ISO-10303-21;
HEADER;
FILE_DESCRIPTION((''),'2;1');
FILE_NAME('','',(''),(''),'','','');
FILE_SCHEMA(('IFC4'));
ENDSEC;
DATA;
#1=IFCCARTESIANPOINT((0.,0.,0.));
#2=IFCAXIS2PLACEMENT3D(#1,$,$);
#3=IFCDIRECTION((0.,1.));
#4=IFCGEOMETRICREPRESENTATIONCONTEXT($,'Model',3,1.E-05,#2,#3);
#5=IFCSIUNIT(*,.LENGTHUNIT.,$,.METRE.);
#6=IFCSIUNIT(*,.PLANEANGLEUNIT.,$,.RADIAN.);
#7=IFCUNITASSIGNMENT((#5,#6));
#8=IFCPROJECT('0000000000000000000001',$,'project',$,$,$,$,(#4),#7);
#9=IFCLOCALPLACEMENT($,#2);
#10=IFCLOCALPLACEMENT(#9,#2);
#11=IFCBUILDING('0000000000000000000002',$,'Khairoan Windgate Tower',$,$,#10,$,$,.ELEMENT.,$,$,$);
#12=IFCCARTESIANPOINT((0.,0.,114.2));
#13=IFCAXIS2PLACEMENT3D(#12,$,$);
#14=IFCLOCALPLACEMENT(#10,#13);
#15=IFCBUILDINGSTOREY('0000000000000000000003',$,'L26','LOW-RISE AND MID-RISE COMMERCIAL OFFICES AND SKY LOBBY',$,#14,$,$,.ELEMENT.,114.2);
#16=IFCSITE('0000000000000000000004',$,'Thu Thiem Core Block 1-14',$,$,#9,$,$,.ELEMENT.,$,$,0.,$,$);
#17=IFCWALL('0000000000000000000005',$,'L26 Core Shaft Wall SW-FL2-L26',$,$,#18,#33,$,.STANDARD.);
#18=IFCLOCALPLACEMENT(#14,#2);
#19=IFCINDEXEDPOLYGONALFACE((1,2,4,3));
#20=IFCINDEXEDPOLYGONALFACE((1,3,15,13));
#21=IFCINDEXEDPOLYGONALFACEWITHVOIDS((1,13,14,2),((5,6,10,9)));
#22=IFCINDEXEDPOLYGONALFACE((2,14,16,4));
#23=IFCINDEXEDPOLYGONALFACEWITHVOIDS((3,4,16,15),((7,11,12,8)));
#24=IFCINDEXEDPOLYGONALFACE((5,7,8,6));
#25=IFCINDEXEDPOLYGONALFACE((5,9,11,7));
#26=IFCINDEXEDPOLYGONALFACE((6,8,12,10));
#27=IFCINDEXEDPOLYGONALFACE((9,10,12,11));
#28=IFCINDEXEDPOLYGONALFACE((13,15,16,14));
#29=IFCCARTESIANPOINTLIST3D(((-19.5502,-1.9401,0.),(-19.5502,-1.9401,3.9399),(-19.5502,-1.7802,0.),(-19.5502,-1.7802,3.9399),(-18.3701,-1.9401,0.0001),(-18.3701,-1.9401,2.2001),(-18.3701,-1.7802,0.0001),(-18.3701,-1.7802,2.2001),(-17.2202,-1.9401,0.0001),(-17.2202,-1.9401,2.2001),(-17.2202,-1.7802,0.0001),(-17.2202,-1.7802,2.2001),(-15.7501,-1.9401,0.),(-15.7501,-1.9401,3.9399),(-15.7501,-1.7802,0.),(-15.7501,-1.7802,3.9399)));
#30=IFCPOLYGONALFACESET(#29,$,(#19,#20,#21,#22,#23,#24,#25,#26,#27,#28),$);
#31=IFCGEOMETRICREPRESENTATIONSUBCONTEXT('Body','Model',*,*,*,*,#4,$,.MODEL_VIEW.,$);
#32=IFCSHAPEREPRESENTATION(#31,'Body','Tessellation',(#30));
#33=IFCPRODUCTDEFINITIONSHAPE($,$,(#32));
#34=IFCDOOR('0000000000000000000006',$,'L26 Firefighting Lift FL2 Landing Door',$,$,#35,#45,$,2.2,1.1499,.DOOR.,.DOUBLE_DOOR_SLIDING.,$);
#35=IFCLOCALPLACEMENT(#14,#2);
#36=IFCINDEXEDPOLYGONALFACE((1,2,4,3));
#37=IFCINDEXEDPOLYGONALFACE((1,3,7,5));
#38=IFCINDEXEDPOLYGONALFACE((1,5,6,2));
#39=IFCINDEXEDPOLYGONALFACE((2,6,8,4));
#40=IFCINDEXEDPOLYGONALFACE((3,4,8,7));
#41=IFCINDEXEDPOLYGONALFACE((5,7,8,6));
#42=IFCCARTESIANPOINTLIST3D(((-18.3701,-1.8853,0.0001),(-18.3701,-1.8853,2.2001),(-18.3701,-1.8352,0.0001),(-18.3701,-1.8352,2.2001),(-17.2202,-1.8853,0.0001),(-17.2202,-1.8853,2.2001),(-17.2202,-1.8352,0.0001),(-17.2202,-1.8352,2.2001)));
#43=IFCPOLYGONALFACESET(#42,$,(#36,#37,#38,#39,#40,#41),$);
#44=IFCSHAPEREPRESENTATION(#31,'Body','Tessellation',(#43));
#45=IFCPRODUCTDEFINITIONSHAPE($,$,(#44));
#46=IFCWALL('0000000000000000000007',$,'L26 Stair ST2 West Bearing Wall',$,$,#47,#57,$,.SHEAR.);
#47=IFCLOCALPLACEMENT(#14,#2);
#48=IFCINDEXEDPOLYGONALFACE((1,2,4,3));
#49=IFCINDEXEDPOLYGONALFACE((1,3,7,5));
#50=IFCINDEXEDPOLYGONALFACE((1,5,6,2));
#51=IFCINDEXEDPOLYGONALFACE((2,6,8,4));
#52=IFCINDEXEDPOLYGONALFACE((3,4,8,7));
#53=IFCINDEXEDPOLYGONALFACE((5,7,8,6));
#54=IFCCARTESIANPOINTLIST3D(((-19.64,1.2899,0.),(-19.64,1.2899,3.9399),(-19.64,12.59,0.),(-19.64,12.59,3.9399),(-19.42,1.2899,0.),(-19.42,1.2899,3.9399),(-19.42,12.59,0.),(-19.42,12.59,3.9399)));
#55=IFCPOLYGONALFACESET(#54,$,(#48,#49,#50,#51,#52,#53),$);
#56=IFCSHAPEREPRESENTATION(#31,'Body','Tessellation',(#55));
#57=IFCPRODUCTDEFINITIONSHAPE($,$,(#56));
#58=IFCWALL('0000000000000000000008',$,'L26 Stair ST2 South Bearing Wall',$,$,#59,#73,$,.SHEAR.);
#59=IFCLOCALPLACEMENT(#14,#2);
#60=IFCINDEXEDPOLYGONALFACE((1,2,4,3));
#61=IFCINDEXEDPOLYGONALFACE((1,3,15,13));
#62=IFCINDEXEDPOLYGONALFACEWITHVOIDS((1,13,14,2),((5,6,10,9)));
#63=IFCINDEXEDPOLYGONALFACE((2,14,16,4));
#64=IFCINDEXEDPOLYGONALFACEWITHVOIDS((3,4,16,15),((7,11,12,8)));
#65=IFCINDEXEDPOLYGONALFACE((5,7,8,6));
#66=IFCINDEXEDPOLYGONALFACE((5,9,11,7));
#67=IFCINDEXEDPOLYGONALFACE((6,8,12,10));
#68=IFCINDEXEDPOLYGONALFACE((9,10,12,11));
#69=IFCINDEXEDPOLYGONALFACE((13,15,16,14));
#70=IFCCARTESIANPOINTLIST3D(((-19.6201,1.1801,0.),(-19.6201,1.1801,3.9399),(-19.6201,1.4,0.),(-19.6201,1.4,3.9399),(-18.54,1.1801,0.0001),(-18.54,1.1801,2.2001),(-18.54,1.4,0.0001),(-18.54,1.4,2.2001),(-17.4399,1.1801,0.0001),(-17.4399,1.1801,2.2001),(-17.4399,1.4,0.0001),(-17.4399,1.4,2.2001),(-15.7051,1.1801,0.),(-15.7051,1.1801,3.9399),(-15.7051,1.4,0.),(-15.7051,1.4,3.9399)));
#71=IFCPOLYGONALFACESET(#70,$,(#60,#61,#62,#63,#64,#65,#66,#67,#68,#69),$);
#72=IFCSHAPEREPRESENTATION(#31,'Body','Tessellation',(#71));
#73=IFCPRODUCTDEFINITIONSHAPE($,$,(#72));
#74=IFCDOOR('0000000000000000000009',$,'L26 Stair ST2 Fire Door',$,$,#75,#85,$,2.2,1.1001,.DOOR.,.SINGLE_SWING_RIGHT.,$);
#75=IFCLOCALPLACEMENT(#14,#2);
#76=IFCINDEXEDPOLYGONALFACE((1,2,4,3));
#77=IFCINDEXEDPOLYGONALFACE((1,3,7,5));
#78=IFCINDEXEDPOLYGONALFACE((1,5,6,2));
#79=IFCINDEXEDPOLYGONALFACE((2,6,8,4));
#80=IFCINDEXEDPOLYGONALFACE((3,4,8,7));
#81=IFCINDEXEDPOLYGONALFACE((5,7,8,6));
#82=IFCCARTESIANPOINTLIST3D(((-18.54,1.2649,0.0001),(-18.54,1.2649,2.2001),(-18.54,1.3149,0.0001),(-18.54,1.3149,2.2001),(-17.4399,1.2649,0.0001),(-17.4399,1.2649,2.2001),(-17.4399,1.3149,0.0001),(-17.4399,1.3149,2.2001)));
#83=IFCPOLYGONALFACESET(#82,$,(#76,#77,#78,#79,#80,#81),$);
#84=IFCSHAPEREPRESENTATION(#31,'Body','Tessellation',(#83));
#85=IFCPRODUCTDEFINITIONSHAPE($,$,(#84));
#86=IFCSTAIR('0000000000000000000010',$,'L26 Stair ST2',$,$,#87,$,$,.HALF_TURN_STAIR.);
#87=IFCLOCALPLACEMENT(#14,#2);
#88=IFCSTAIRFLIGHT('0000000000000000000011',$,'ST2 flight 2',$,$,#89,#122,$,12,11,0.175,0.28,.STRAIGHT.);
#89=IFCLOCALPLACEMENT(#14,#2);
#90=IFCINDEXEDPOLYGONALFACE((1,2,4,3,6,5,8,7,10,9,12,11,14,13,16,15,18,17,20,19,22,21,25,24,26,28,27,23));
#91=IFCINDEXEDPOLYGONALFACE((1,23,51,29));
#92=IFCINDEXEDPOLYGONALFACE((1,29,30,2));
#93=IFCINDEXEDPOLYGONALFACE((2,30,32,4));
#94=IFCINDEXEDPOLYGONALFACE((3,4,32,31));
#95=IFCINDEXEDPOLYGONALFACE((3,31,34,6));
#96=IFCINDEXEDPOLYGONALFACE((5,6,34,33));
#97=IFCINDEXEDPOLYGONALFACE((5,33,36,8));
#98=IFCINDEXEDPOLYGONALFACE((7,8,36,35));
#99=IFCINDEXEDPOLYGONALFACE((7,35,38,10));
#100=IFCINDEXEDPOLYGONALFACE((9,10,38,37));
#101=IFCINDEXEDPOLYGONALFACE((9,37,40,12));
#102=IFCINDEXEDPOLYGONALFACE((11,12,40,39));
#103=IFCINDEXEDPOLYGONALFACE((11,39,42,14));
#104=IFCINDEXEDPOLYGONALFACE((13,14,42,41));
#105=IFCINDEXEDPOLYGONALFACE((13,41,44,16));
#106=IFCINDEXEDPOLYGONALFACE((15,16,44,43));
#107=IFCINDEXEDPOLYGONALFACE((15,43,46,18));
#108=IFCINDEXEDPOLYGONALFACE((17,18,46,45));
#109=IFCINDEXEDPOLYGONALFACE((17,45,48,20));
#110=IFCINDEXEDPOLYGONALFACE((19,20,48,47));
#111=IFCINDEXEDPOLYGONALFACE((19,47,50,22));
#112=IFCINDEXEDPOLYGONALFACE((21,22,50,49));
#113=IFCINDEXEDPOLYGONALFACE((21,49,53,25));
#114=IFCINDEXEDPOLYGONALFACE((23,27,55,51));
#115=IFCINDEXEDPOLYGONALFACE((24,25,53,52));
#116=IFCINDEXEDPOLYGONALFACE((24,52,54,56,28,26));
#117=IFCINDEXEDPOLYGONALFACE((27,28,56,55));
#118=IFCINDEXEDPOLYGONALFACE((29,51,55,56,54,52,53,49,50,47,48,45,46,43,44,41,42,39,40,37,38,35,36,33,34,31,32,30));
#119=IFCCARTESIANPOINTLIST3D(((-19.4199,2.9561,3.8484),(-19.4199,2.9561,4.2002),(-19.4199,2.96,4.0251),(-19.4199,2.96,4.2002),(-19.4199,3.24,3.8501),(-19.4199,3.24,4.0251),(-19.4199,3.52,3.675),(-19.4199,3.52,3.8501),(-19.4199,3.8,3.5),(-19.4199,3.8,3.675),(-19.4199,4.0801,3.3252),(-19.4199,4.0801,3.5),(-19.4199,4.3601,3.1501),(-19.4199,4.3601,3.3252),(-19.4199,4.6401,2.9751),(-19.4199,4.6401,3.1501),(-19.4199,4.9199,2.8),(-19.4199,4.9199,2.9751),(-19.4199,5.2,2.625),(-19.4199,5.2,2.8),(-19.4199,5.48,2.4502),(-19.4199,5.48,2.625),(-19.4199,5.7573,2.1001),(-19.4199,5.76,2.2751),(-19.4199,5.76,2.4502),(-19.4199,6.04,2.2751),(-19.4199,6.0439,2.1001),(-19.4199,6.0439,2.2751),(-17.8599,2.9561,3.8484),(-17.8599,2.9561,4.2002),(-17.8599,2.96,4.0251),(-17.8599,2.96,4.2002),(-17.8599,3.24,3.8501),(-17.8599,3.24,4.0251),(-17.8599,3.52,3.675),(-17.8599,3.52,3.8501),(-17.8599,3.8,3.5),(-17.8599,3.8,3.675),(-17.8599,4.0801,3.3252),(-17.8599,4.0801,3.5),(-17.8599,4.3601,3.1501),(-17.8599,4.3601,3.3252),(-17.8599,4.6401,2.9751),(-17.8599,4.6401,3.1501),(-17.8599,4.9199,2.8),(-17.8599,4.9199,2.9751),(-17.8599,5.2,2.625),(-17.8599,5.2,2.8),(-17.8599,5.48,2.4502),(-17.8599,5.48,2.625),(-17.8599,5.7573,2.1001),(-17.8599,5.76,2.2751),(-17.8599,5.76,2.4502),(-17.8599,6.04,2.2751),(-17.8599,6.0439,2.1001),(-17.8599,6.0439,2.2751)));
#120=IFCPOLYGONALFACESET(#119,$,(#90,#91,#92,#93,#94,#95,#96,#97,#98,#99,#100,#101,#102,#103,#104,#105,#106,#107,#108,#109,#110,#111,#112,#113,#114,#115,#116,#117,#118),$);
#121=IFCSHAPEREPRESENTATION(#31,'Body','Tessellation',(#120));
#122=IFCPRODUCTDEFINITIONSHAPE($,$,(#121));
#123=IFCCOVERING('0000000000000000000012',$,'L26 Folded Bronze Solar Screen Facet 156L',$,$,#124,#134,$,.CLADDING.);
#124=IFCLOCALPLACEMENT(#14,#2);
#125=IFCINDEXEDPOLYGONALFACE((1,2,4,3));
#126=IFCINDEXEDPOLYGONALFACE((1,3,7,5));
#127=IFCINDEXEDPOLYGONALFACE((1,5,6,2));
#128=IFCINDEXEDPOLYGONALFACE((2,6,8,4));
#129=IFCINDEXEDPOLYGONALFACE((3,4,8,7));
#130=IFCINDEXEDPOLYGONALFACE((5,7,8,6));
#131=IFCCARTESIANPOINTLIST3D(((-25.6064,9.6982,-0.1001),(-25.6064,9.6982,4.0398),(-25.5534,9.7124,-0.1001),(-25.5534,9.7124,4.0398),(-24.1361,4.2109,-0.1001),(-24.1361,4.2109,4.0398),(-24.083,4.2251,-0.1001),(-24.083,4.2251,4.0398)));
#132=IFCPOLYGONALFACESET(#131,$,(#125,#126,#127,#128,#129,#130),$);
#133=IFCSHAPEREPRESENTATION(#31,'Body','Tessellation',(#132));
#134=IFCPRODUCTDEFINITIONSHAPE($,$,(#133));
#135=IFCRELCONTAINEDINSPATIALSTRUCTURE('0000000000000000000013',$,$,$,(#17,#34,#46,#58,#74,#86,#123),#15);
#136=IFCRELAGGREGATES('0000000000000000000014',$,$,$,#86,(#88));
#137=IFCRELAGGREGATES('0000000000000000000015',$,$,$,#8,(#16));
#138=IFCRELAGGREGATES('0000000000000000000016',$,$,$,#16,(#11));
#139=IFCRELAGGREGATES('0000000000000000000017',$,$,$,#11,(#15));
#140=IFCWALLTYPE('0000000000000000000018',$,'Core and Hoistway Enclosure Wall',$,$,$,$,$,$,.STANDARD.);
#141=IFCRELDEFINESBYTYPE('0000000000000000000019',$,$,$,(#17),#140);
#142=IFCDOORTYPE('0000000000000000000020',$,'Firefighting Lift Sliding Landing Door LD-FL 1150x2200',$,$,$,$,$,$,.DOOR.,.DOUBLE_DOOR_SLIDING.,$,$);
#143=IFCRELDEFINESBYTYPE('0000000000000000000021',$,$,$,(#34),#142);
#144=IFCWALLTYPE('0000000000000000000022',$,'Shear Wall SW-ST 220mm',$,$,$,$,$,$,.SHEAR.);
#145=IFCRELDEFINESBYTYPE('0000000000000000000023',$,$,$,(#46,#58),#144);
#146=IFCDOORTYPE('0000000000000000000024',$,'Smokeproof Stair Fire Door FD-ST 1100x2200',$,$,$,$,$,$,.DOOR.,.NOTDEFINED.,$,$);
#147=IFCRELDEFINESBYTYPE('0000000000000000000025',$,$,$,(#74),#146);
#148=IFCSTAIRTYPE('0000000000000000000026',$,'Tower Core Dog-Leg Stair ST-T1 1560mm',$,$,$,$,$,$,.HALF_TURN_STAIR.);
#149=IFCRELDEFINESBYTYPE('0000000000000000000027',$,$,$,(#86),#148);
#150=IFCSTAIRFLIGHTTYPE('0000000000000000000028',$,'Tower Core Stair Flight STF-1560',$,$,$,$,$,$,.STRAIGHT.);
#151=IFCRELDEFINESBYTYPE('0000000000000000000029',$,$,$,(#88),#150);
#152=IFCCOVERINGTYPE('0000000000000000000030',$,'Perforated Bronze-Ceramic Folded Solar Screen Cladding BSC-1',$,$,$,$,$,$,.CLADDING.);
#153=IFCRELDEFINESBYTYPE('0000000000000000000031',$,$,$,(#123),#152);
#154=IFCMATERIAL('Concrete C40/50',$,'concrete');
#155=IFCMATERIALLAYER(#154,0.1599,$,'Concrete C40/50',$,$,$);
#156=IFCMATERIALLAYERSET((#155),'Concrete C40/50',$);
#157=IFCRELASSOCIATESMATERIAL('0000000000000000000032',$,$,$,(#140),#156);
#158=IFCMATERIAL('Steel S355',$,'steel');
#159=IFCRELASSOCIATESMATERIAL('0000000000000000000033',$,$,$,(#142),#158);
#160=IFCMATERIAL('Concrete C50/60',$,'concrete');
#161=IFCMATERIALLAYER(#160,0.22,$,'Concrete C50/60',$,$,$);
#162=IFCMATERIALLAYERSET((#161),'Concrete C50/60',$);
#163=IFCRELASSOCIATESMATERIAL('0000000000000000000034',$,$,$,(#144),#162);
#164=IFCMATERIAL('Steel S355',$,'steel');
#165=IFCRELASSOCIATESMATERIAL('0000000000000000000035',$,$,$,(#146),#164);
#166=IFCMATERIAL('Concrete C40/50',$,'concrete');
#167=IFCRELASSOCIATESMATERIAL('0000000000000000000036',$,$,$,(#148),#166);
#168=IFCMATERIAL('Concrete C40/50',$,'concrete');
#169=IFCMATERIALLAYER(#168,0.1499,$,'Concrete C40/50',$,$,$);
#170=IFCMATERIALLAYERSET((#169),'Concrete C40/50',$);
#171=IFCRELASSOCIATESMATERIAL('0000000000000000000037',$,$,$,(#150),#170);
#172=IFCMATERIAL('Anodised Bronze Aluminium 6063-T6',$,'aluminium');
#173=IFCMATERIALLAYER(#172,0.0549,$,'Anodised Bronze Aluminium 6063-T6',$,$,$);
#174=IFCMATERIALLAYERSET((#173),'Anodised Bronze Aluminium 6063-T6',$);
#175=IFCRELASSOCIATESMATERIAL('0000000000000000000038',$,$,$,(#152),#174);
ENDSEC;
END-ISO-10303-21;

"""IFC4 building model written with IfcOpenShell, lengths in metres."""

from ifc_helpers import new_model, si_unit, direction, frame, frame_2d, origin, origin_2d, place, context, subcontext, project, spatial, polyline, rectangle, outline, extrude, material, layer, layer_set, type_object, element, fill, aggregate, save


model = new_model("IFC4")

# Units and contexts
model_context = context("Model", 3, precision=1e-05, world=origin(), true_north=direction((0.0, 1.0)))
body_context = subcontext(model_context, "Body", "Model", "MODEL_VIEW")
ifc_project = project(units=[si_unit("LENGTHUNIT", "METRE"), si_unit("PLANEANGLEUNIT", "RADIAN")], contexts=[model_context])

# Site, building, storey
site_placement = place(None, origin())
site = spatial("IfcSite", under=ifc_project, at=site_placement, Name="Thu Thiem Core Block 1-14", CompositionType="ELEMENT", RefElevation=0.0)
building_placement = place(site_placement, origin())
building = spatial("IfcBuilding", under=site, at=building_placement, Name="Khairoan Windgate Tower", CompositionType="ELEMENT")
storey_placement = place(building_placement, frame((0.0, 0.0, 114.2)))
storey = spatial("IfcBuildingStorey", under=building, at=storey_placement, Name="L26", Description="LOW-RISE AND MID-RISE COMMERCIAL OFFICES AND SKY LOBBY", CompositionType="ELEMENT", Elevation=114.2)

# Wall, opening, door
ifc_material_1 = material(Name="Concrete C40/50", Category="concrete")
ifc_layer_1 = layer(ifc_material_1, 0.1599, Name="Concrete C40/50")
ifc_layer_set_1 = layer_set([ifc_layer_1], Name="Concrete C40/50")
wall_type_1 = type_object("IfcWallType", Name="Core and Hoistway Enclosure Wall", PredefinedType="STANDARD", material=ifc_layer_set_1)
wall_1_placement = place(storey_placement, frame((-19.55, -1.8601, 0.0), z_axis=(0.0, 0.0, 1.0), x_axis=(1.0, 0.0, 0.0)))
wall_1 = element("IfcWall", 1, at=wall_1_placement, inside=storey, type_object=wall_type_1, Name="L26 Core Shaft Wall SW-FL2-L26", PredefinedType="STANDARD", context=body_context, shape_type="SweptSolid", body=[
    extrude(rectangle(XDim=3.8, YDim=0.1599, at=frame_2d((1.8999, 0.0))), origin(), (0.0, 0.0, 1.0), 3.9399),
])
opening_1_placement = place(wall_1_placement, frame((1.1799, 0.0, 0.0)))
opening_1 = element("IfcOpeningElement", 2, at=opening_1_placement, cuts=wall_1, PredefinedType="OPENING", context=body_context, shape_type="SweptSolid", body=[
    extrude(rectangle(XDim=1.1499, YDim=2.2, at=frame_2d((0.575, 1.1001))), frame((0.0, 0.0898, 0.0), z_axis=(0.0, -1.0, 0.0), x_axis=(1.0, 0.0, 0.0)), (0.0, 0.0, 1.0), 0.1799),
])
ifc_material_2 = material(Name="Steel S355", Category="steel")
door_type_1 = type_object("IfcDoorType", Name="Firefighting Lift Sliding Landing Door LD-FL 1150x2200", OperationType="DOUBLE_DOOR_SLIDING", PredefinedType="DOOR", material=ifc_material_2)
door_1_placement = place(opening_1_placement, origin())
door_1 = element("IfcDoor", 3, at=door_1_placement, inside=storey, type_object=door_type_1, Name="L26 Firefighting Lift FL2 Landing Door", OperationType="DOUBLE_DOOR_SLIDING", OverallHeight=2.2, OverallWidth=1.1499, PredefinedType="DOOR", context=body_context, shape_type="SweptSolid", body=[
    extrude(rectangle(XDim=1.1499, YDim=2.2, at=frame_2d((0.575, 1.1001))), frame((0.0, 0.0249, 0.0), z_axis=(0.0, -1.0, 0.0), x_axis=(1.0, 0.0, 0.0)), (0.0, 0.0, 1.0), 0.05),
])
fill(opening_1, door_1)

# Wall
ifc_material_3 = material(Name="Concrete C50/60", Category="concrete")
ifc_layer_2 = layer(ifc_material_3, 0.22, Name="Concrete C50/60")
ifc_layer_set_2 = layer_set([ifc_layer_2], Name="Concrete C50/60")
wall_type_2 = type_object("IfcWallType", Name="Shear Wall SW-ST 220mm", PredefinedType="SHEAR", material=ifc_layer_set_2)
wall_2_placement = place(storey_placement, frame((-19.53, 1.29, 0.0), z_axis=(0.0, 0.0, 1.0), x_axis=(0.0, 1.0, 0.0)))
element("IfcWall", 4, at=wall_2_placement, inside=storey, type_object=wall_type_2, Name="L26 Stair ST2 West Bearing Wall", PredefinedType="SHEAR", context=body_context, shape_type="SweptSolid", body=[
    extrude(rectangle(XDim=11.3, YDim=0.22, at=frame_2d((5.6499, 0.0))), origin(), (0.0, 0.0, 1.0), 3.9399),
])

# Wall, opening, door
wall_3_placement = place(storey_placement, frame((-19.6201, 1.29, 0.0), z_axis=(0.0, 0.0, 1.0), x_axis=(1.0, 0.0, 0.0)))
wall_3 = element("IfcWall", 5, at=wall_3_placement, inside=storey, type_object=wall_type_2, Name="L26 Stair ST2 South Bearing Wall", PredefinedType="SHEAR", context=body_context, shape_type="SweptSolid", body=[
    extrude(rectangle(XDim=3.915, YDim=0.22, at=frame_2d((1.9575, 0.0))), origin(), (0.0, 0.0, 1.0), 3.9399),
])
opening_2_placement = place(wall_3_placement, frame((1.0801, 0.0, 0.0)))
opening_2 = element("IfcOpeningElement", 6, at=opening_2_placement, cuts=wall_3, PredefinedType="OPENING", context=body_context, shape_type="SweptSolid", body=[
    extrude(rectangle(XDim=1.1001, YDim=2.2, at=frame_2d((0.55, 1.1001))), frame((0.0, 0.1199, 0.0), z_axis=(0.0, -1.0, 0.0), x_axis=(1.0, 0.0, 0.0)), (0.0, 0.0, 1.0), 0.24),
])
ifc_material_4 = material(Name="Steel S355", Category="steel")
door_type_2 = type_object("IfcDoorType", Name="Smokeproof Stair Fire Door FD-ST 1100x2200", OperationType="NOTDEFINED", PredefinedType="DOOR", material=ifc_material_4)
door_2_placement = place(opening_2_placement, origin())
door_2 = element("IfcDoor", 7, at=door_2_placement, inside=storey, type_object=door_type_2, Name="L26 Stair ST2 Fire Door", OperationType="SINGLE_SWING_RIGHT", OverallHeight=2.2, OverallWidth=1.1001, PredefinedType="DOOR", context=body_context, shape_type="SweptSolid", body=[
    extrude(rectangle(XDim=1.1001, YDim=2.2, at=frame_2d((0.55, 1.1001))), frame((0.0, 0.0249, 0.0), z_axis=(0.0, -1.0, 0.0), x_axis=(1.0, 0.0, 0.0)), (0.0, 0.0, 1.0), 0.05),
])
fill(opening_2, door_2)

# Stair, stair flight
ifc_material_5 = material(Name="Concrete C40/50", Category="concrete")
stair_type = type_object("IfcStairType", Name="Tower Core Dog-Leg Stair ST-T1 1560mm", PredefinedType="HALF_TURN_STAIR", material=ifc_material_5)
stair_placement = place(storey_placement, origin())
stair = element("IfcStair", 8, at=stair_placement, inside=storey, type_object=stair_type, Name="L26 Stair ST2", PredefinedType="HALF_TURN_STAIR")
ifc_material_6 = material(Name="Concrete C40/50", Category="concrete")
ifc_layer_3 = layer(ifc_material_6, 0.1499, Name="Concrete C40/50")
ifc_layer_set_3 = layer_set([ifc_layer_3], Name="Concrete C40/50")
stair_flight_type = type_object("IfcStairFlightType", Name="Tower Core Stair Flight STF-1560", PredefinedType="STRAIGHT", material=ifc_layer_set_3)
stair_flight_placement = place(storey_placement, frame((-18.6399, 6.04, 2.1001), z_axis=(0.0, 0.0, 1.0), x_axis=(0.0, -1.0, 0.0)))
stair_flight = element("IfcStairFlight", 9, at=stair_flight_placement, type_object=stair_flight_type, Name="ST2 flight 2", NumberOfRisers=12, NumberOfTreads=11, PredefinedType="STRAIGHT", RiserHeight=0.175, TreadLength=0.28, context=body_context, shape_type="SweptSolid", body=[
    extrude(outline(polyline([(-0.0039, 0.0), (-0.0039, 0.175), (0.0, 0.175), (0.28, 0.175), (0.28, 0.3501), (0.5601, 0.3501), (0.5601, 0.5249), (0.8401, 0.5249), (0.8401, 0.7), (1.1201, 0.7), (1.1201, 0.875), (1.3999, 0.875), (1.3999, 1.05), (1.6799, 1.05), (1.6799, 1.2251), (1.96, 1.2251), (1.96, 1.3999), (2.24, 1.3999), (2.24, 1.575), (2.52, 1.575), (2.52, 1.75), (2.8, 1.75), (2.8, 1.925), (3.0801, 1.925), (3.0801, 2.1001), (3.084, 2.1001), (3.084, 1.7483), (0.2827, 0.0), (-0.0039, 0.0)])), frame((0.0, 0.78, 0.0), z_axis=(0.0, -1.0, 0.0), x_axis=(1.0, 0.0, 0.0)), (0.0, 0.0, 1.0), 1.5601),
])
aggregate(stair, [stair_flight])

# Covering
ifc_material_7 = material(Name="Anodised Bronze Aluminium 6063-T6", Category="aluminium")
ifc_layer_4 = layer(ifc_material_7, 0.0549, Name="Anodised Bronze Aluminium 6063-T6")
ifc_layer_set_4 = layer_set([ifc_layer_4], Name="Anodised Bronze Aluminium 6063-T6")
covering_type = type_object("IfcCoveringType", Name="Perforated Bronze-Ceramic Folded Solar Screen Cladding BSC-1", PredefinedType="CLADDING", material=ifc_layer_set_4)
covering_placement = place(storey_placement, frame((-24.8447, 6.9617, -0.1001), z_axis=(0.0, 0.0, 1.0), x_axis=(-0.258819, 0.965926, 0.0)))
element("IfcCovering", 10, at=covering_placement, inside=storey, type_object=covering_type, Name="L26 Folded Bronze Solar Screen Facet 156L", PredefinedType="CLADDING", context=body_context, shape_type="SweptSolid", body=[
    extrude(rectangle(XDim=5.6809, YDim=0.0549, at=origin_2d()), origin(), (0.0, 0.0, 1.0), 4.1399),
])

save(model, "model.ifc")
